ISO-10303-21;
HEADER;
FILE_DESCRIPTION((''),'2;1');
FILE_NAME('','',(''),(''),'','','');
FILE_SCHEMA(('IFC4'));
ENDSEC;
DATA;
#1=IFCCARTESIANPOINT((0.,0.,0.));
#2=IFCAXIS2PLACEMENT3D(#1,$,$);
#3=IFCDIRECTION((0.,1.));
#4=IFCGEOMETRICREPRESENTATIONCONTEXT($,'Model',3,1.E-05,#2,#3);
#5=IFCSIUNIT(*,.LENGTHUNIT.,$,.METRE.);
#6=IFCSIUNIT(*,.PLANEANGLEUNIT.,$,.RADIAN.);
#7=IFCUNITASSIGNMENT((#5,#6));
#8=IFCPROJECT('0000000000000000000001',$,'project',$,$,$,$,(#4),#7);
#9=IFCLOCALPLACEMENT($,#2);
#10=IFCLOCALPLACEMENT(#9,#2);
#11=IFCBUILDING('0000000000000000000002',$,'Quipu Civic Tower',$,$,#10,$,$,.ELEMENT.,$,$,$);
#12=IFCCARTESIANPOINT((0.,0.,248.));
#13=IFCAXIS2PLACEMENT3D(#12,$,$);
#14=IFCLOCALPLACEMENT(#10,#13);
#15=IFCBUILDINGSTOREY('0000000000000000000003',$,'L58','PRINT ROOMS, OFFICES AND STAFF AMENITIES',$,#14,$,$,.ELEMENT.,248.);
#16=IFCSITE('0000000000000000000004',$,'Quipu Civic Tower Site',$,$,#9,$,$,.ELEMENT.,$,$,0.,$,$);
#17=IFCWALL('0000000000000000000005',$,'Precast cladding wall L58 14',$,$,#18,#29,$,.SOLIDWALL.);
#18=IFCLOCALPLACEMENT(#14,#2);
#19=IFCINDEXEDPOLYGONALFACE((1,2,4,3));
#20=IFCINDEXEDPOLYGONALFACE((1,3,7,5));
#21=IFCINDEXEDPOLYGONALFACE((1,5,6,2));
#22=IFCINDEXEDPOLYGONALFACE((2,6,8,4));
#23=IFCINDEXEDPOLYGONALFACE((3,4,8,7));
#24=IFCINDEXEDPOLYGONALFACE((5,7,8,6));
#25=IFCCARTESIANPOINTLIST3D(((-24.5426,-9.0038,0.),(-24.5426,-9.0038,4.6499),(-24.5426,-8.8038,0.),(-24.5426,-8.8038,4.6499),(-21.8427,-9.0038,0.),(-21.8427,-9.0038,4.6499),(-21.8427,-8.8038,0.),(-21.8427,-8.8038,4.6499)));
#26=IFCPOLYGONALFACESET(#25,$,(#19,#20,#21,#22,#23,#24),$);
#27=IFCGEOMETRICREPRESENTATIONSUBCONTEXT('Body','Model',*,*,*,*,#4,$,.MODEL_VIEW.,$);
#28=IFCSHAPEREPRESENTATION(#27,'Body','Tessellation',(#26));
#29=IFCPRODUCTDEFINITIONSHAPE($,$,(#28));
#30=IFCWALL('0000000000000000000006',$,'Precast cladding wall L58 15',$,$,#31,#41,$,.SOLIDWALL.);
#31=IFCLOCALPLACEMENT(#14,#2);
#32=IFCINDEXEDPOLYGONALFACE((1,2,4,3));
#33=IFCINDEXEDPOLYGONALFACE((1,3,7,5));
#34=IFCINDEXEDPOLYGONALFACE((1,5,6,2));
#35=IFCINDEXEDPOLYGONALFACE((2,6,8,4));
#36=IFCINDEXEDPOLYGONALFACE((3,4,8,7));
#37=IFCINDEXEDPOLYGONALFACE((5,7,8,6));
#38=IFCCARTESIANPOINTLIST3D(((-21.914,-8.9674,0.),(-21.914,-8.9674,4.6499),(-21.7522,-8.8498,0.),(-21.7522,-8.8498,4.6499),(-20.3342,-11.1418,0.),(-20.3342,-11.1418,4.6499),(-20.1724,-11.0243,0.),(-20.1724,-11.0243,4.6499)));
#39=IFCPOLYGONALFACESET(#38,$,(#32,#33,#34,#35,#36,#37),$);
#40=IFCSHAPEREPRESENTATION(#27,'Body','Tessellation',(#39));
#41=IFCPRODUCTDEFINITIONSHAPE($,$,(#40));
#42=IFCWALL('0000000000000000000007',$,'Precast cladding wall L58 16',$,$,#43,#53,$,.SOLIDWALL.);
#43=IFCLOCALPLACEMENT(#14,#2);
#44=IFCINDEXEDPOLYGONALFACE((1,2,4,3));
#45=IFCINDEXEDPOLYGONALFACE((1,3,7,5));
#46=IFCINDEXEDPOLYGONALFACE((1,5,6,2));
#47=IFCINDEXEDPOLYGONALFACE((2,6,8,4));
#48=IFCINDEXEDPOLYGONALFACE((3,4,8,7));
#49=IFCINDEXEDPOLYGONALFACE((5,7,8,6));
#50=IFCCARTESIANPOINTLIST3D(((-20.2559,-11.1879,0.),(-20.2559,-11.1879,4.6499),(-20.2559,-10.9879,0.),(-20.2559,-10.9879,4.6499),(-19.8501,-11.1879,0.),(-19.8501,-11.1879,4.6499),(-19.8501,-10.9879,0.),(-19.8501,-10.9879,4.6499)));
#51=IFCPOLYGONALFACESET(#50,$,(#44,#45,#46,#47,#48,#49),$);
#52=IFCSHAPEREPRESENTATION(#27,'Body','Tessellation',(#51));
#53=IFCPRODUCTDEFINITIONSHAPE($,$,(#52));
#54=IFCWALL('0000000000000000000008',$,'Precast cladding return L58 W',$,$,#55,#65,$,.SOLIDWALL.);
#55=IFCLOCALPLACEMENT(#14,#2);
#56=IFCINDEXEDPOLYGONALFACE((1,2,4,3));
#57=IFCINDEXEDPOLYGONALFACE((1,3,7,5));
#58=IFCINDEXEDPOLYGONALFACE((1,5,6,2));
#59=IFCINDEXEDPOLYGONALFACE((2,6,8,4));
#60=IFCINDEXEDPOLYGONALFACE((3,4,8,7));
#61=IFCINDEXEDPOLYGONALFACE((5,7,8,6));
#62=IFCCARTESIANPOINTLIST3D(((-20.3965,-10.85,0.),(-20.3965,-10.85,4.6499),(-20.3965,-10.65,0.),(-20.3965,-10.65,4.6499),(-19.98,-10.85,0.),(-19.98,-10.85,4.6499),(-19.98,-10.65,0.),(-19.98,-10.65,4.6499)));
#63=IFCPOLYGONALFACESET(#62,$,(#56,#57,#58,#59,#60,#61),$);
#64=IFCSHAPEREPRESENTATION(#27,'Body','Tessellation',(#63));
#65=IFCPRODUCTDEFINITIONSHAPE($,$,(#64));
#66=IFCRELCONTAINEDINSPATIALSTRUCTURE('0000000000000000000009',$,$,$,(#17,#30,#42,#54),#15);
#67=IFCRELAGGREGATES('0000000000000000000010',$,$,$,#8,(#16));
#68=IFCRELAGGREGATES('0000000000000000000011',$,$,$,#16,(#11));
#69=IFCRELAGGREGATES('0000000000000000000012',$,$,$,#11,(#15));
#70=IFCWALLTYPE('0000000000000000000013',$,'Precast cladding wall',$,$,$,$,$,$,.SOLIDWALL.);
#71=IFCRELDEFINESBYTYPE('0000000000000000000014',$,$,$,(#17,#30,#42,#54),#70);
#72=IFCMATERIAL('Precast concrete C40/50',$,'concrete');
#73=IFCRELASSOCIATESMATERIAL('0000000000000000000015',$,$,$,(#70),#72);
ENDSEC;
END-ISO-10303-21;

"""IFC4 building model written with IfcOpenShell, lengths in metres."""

from ifc_helpers import new_model, si_unit, direction, frame, frame_2d, origin, place, context, subcontext, project, spatial, rectangle, extrude, material, type_object, element, save


model = new_model("IFC4")

# Units and contexts
model_context = context("Model", 3, precision=1e-05, world=origin(), true_north=direction((0.0, 1.0)))
body_context = subcontext(model_context, "Body", "Model", "MODEL_VIEW")
ifc_project = project(units=[si_unit("LENGTHUNIT", "METRE"), si_unit("PLANEANGLEUNIT", "RADIAN")], contexts=[model_context])

# Site, building, storey
site_placement = place(None, origin())
site = spatial("IfcSite", under=ifc_project, at=site_placement, Name="Quipu Civic Tower Site", CompositionType="ELEMENT", RefElevation=0.0)
building_placement = place(site_placement, origin())
building = spatial("IfcBuilding", under=site, at=building_placement, Name="Quipu Civic Tower", CompositionType="ELEMENT")
storey_placement = place(building_placement, frame((0.0, 0.0, 248.0)))
storey = spatial("IfcBuildingStorey", under=building, at=storey_placement, Name="L58", Description="PRINT ROOMS, OFFICES AND STAFF AMENITIES", CompositionType="ELEMENT", Elevation=248.0)

# Walls
ifc_material_1 = material(Name="Precast concrete C40/50", Category="concrete")
wall_type_1 = type_object("IfcWallType", Name="Precast cladding wall", PredefinedType="SOLIDWALL", material=ifc_material_1)
wall_1_placement = place(storey_placement, frame((-24.5427, -8.9038, 0.0), z_axis=(0.0, 0.0, 1.0), x_axis=(1.0, 0.0, 0.0)))
element("IfcWall", 1, at=wall_1_placement, inside=storey, type_object=wall_type_1, Name="Precast cladding wall L58 14", PredefinedType="SOLIDWALL", context=body_context, shape_type="SweptSolid", body=[
    extrude(rectangle(XDim=2.7, YDim=0.2, at=frame_2d((1.3501, 0.0))), origin(), (0.0, 0.0, 1.0), 4.6499),
])
wall_2_placement = place(storey_placement, frame((-21.833, -8.9087, 0.0), z_axis=(0.0, 0.0, 1.0), x_axis=(0.587767, -0.809031, 0.0)))
element("IfcWall", 2, at=wall_2_placement, inside=storey, type_object=wall_type_1, Name="Precast cladding wall L58 15", PredefinedType="SOLIDWALL", context=body_context, shape_type="SweptSolid", body=[
    extrude(rectangle(XDim=2.6877, YDim=0.2, at=frame_2d((1.3438, 0.0))), origin(), (0.0, 0.0, 1.0), 4.6499),
])
wall_3_placement = place(storey_placement, frame((-20.2559, -11.0879, 0.0), z_axis=(0.0, 0.0, 1.0), x_axis=(1.0, 0.0, 0.0)))
element("IfcWall", 3, at=wall_3_placement, inside=storey, type_object=wall_type_1, Name="Precast cladding wall L58 16", PredefinedType="SOLIDWALL", context=body_context, shape_type="SweptSolid", body=[
    extrude(rectangle(XDim=0.4058, YDim=0.2, at=frame_2d((0.2029, 0.0))), origin(), (0.0, 0.0, 1.0), 4.6499),
])
wall_4_placement = place(storey_placement, frame((-19.98, -10.75, 0.0), z_axis=(0.0, 0.0, 1.0), x_axis=(-1.0, 0.0, 0.0)))
element("IfcWall", 4, at=wall_4_placement, inside=storey, type_object=wall_type_1, Name="Precast cladding return L58 W", PredefinedType="SOLIDWALL", context=body_context, shape_type="SweptSolid", body=[
    extrude(rectangle(XDim=0.4165, YDim=0.2, at=frame_2d((0.2083, 0.0))), origin(), (0.0, 0.0, 1.0), 4.6499),
])

save(model, "model.ifc")
